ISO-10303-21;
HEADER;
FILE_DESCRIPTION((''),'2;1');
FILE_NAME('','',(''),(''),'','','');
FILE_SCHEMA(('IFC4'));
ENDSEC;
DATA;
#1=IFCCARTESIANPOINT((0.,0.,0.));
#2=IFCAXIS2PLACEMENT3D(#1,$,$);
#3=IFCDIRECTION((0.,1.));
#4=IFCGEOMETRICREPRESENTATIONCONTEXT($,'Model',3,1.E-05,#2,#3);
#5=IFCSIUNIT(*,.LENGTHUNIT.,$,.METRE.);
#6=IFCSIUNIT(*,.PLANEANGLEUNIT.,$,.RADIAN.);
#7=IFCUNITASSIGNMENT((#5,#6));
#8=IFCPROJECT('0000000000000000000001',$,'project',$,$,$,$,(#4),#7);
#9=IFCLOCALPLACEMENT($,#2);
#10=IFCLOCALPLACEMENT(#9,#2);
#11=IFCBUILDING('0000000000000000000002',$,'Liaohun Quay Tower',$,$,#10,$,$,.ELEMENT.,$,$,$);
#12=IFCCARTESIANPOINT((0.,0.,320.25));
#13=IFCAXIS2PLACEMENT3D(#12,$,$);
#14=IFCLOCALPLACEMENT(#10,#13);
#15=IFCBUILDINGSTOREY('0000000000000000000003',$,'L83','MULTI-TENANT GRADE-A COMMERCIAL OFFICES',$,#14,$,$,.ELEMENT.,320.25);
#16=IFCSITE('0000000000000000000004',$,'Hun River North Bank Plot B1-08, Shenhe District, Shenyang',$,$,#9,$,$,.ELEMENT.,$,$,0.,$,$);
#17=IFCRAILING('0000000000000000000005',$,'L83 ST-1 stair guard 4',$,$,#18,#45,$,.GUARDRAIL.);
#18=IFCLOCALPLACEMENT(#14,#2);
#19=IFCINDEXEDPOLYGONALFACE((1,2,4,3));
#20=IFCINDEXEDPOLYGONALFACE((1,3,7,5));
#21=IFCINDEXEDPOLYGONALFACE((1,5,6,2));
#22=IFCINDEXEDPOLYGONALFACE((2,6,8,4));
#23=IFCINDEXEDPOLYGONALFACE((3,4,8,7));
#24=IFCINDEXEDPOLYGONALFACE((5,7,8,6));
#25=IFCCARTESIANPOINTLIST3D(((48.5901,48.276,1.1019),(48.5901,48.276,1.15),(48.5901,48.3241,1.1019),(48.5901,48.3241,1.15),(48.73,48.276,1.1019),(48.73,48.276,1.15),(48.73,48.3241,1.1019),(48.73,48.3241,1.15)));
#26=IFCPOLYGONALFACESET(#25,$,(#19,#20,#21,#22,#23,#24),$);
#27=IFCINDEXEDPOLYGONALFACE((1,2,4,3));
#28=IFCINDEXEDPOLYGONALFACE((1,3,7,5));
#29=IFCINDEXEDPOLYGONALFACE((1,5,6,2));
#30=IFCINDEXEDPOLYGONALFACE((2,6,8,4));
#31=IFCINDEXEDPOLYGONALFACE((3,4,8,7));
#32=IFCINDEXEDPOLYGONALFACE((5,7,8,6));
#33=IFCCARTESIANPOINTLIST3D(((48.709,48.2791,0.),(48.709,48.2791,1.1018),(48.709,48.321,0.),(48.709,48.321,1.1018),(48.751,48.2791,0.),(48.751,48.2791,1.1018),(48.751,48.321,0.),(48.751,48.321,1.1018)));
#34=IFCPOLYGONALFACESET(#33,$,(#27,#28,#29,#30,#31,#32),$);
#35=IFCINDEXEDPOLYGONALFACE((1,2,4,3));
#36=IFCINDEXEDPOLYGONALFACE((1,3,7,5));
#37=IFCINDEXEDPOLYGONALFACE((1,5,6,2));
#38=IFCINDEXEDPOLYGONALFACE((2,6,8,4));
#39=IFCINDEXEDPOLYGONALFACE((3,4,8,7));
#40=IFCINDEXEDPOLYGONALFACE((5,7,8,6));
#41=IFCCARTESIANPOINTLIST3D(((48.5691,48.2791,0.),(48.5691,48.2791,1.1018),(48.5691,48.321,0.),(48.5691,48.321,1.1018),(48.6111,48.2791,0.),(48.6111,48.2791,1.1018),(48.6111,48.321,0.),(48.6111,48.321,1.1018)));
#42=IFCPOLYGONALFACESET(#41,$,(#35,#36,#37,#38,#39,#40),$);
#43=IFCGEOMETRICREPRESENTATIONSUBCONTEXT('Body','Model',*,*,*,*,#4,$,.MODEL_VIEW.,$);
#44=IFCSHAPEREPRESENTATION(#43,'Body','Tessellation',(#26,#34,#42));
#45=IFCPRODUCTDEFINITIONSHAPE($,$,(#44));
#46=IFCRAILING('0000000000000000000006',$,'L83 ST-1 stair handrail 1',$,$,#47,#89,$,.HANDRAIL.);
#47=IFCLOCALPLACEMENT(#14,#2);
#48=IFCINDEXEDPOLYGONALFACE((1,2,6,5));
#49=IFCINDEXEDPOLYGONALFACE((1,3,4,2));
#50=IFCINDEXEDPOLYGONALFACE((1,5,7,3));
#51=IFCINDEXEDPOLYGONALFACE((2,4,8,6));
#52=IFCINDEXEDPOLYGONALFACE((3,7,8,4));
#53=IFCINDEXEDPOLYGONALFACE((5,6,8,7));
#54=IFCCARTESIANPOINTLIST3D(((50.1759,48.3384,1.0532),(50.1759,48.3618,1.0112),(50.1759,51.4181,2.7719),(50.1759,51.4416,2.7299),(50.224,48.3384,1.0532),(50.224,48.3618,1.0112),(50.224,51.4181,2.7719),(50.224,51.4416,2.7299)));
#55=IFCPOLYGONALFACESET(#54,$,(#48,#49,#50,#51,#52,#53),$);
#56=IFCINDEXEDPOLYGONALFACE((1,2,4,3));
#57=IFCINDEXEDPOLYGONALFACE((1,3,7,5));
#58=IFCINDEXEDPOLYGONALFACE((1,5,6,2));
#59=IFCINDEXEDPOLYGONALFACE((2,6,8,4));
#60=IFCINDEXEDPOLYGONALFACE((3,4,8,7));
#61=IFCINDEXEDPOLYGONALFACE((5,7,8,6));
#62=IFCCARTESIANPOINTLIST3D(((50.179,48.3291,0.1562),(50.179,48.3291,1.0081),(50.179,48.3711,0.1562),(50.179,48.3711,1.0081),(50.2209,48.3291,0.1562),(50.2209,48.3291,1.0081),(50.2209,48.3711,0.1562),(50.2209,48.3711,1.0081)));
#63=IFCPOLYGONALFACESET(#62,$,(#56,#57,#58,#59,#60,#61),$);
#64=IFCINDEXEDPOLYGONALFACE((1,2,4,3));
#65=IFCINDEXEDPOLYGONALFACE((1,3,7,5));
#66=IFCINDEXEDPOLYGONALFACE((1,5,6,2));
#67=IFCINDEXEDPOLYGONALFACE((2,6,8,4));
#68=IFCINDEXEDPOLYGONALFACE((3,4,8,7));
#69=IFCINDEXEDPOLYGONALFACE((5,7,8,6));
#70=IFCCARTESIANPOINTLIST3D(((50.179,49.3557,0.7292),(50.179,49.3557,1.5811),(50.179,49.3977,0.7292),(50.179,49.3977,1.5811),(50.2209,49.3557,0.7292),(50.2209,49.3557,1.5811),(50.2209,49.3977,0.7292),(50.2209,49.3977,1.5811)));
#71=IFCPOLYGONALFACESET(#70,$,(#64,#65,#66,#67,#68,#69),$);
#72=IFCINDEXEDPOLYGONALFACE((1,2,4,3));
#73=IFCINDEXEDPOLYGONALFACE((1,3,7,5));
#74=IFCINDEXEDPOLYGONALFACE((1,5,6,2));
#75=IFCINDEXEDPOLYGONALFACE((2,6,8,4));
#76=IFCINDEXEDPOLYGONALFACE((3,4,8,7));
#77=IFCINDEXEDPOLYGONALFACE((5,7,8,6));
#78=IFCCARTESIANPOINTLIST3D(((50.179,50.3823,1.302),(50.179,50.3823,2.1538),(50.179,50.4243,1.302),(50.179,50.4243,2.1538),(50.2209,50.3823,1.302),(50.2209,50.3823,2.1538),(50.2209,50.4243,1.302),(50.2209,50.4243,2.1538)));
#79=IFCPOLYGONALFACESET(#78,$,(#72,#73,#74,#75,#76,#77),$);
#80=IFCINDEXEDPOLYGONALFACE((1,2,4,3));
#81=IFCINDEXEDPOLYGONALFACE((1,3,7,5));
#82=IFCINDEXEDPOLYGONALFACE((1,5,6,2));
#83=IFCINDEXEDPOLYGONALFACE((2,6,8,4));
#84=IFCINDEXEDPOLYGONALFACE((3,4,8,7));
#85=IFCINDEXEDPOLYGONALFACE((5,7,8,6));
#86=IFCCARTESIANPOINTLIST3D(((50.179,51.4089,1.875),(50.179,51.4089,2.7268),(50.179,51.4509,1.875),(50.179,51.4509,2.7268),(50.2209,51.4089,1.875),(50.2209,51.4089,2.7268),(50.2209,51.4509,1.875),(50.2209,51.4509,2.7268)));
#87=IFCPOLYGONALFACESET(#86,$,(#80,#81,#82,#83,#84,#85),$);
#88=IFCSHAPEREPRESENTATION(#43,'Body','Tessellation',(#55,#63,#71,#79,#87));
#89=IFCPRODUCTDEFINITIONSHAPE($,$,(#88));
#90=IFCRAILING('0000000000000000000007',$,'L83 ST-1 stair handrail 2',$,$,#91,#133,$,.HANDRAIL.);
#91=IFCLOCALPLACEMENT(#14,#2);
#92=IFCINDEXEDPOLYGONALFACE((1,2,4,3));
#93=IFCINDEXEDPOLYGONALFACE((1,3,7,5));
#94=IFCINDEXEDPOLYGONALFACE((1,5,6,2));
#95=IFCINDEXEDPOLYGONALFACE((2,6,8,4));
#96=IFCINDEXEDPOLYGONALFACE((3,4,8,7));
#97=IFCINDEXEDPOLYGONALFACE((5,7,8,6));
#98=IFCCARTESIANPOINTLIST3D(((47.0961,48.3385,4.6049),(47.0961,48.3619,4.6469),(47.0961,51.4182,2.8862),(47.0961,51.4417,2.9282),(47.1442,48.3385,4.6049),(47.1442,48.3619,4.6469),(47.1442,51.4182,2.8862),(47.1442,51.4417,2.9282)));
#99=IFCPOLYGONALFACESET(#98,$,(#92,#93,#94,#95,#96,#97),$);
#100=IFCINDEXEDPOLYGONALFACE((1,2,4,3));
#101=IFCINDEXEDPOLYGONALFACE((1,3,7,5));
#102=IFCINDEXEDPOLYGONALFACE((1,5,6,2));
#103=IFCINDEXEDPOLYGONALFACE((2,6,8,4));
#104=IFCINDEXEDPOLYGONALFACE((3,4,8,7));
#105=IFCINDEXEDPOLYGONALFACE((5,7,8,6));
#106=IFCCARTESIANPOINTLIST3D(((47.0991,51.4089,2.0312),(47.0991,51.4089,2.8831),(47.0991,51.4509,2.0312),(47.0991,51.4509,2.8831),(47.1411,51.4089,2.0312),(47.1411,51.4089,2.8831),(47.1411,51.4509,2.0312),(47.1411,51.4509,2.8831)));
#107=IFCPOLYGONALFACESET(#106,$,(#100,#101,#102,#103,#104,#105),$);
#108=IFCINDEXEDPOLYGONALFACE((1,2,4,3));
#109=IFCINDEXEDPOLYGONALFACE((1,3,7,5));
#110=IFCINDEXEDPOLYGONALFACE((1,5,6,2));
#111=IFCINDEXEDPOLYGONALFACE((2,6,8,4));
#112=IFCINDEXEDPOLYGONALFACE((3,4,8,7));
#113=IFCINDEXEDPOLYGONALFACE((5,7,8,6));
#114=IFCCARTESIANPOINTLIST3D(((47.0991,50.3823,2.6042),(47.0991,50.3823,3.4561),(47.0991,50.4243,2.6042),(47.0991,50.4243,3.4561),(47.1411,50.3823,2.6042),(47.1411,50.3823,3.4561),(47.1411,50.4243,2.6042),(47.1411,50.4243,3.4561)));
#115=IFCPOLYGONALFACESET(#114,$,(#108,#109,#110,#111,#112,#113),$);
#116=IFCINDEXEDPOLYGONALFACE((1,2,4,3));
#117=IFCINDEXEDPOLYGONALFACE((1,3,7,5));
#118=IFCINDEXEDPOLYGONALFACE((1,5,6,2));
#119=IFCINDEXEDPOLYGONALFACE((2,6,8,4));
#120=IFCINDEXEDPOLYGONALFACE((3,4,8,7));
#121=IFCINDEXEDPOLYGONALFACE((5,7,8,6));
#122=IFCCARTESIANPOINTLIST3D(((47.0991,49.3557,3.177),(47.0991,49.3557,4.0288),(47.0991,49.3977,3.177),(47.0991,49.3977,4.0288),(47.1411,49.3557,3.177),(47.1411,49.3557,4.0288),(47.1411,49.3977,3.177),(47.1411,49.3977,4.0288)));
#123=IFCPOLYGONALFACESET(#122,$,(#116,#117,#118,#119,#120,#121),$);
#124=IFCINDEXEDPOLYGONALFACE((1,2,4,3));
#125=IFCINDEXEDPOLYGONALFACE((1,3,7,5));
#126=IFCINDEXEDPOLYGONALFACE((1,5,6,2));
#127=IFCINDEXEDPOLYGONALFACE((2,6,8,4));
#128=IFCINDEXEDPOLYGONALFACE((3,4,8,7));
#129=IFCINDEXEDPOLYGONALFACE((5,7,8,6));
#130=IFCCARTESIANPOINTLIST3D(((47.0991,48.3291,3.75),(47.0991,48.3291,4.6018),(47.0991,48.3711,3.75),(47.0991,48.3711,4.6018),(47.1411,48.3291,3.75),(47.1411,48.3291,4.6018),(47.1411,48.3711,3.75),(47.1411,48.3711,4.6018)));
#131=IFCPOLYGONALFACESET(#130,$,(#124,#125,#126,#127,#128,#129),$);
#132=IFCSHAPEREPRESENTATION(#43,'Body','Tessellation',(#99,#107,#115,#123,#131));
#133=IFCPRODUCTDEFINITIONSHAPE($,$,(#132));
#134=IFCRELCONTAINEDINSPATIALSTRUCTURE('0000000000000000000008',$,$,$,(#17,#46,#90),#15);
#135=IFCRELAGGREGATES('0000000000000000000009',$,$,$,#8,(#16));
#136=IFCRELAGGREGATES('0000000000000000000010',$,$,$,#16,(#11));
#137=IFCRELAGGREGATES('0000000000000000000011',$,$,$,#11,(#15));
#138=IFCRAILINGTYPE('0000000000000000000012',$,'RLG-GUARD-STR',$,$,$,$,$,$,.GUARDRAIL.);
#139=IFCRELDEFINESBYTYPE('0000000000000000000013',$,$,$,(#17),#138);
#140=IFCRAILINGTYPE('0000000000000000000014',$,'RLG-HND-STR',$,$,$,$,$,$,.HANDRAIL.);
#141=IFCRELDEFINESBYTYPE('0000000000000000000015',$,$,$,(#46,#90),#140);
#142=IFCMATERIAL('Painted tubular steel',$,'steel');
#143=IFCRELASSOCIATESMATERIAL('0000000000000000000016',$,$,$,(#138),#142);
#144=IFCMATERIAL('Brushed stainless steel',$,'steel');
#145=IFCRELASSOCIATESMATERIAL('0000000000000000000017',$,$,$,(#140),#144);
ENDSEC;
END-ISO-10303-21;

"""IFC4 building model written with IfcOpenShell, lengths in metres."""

from ifc_helpers import new_model, si_unit, direction, frame, origin, origin_2d, place, context, subcontext, project, spatial, rectangle, extrude, material, type_object, element, save


model = new_model("IFC4")

# Units and contexts
model_context = context("Model", 3, precision=1e-05, world=origin(), true_north=direction((0.0, 1.0)))
body_context = subcontext(model_context, "Body", "Model", "MODEL_VIEW")
ifc_project = project(units=[si_unit("LENGTHUNIT", "METRE"), si_unit("PLANEANGLEUNIT", "RADIAN")], contexts=[model_context])

# Site, building, storey
site_placement = place(None, origin())
site = spatial("IfcSite", under=ifc_project, at=site_placement, Name="Hun River North Bank Plot B1-08, Shenhe District, Shenyang", CompositionType="ELEMENT", RefElevation=0.0)
building_placement = place(site_placement, origin())
building = spatial("IfcBuilding", under=site, at=building_placement, Name="Liaohun Quay Tower", CompositionType="ELEMENT")
storey_placement = place(building_placement, frame((0.0, 0.0, 320.25)))
storey = spatial("IfcBuildingStorey", under=building, at=storey_placement, Name="L83", Description="MULTI-TENANT GRADE-A COMMERCIAL OFFICES", CompositionType="ELEMENT", Elevation=320.25)

# Railings
ifc_material_1 = material(Name="Painted tubular steel", Category="steel")
railing_type_1 = type_object("IfcRailingType", Name="RLG-GUARD-STR", PredefinedType="GUARDRAIL", material=ifc_material_1)
railing_1_placement = place(storey_placement, frame((48.73, 48.3, 0.0)))
element("IfcRailing", 1, at=railing_1_placement, inside=storey, type_object=railing_type_1, Name="L83 ST-1 stair guard 4", PredefinedType="GUARDRAIL", context=body_context, shape_type="SweptSolid", body=[
    extrude(rectangle(XDim=0.0481, YDim=0.0481, at=origin_2d()), frame((0.0, 0.0, 1.126), z_axis=(-1.0, 0.0, 0.0), x_axis=(0.0, -1.0, 0.0)), (0.0, 0.0, 1.0), 0.1399),
    extrude(rectangle(XDim=0.042, YDim=0.042, at=origin_2d()), origin(), (0.0, 0.0, 1.0), 1.1018),
    extrude(rectangle(XDim=0.042, YDim=0.042, at=origin_2d()), frame((-0.1399, 0.0, 0.0)), (0.0, 0.0, 1.0), 1.1018),
])
ifc_material_2 = material(Name="Brushed stainless steel", Category="steel")
railing_type_2 = type_object("IfcRailingType", Name="RLG-HND-STR", PredefinedType="HANDRAIL", material=ifc_material_2)
railing_2_placement = place(storey_placement, frame((50.2, 48.3501, 0.1562)))
element("IfcRailing", 2, at=railing_2_placement, inside=storey, type_object=railing_type_2, Name="L83 ST-1 stair handrail 1", PredefinedType="HANDRAIL", context=body_context, shape_type="SweptSolid", body=[
    extrude(rectangle(XDim=0.0481, YDim=0.0481, at=origin_2d()), frame((0.0, 0.0, 0.876), z_axis=(0.0, 0.873225, 0.487317), x_axis=(-1.0, 0.0, 0.0)), (0.0, 0.0, 1.0), 3.5269),
    extrude(rectangle(XDim=0.042, YDim=0.042, at=origin_2d()), origin(), (0.0, 0.0, 1.0), 0.8518),
    extrude(rectangle(XDim=0.042, YDim=0.042, at=origin_2d()), frame((0.0, 1.0266, 0.573)), (0.0, 0.0, 1.0), 0.8518),
    extrude(rectangle(XDim=0.042, YDim=0.042, at=origin_2d()), frame((0.0, 2.0532, 1.1458)), (0.0, 0.0, 1.0), 0.8518),
    extrude(rectangle(XDim=0.042, YDim=0.042, at=origin_2d()), frame((0.0, 3.0798, 1.7188)), (0.0, 0.0, 1.0), 0.8518),
])
railing_3_placement = place(storey_placement, frame((47.1201, 51.4299, 2.0312)))
element("IfcRailing", 3, at=railing_3_placement, inside=storey, type_object=railing_type_2, Name="L83 ST-1 stair handrail 2", PredefinedType="HANDRAIL", context=body_context, shape_type="SweptSolid", body=[
    extrude(rectangle(XDim=0.0481, YDim=0.0481, at=origin_2d()), frame((0.0, 0.0, 0.876), z_axis=(0.0, -0.873225, 0.487317), x_axis=(1.0, 0.0, 0.0)), (0.0, 0.0, 1.0), 3.5269),
    extrude(rectangle(XDim=0.042, YDim=0.042, at=origin_2d()), origin(), (0.0, 0.0, 1.0), 0.8518),
    extrude(rectangle(XDim=0.042, YDim=0.042, at=origin_2d()), frame((0.0, -1.0266, 0.573)), (0.0, 0.0, 1.0), 0.8518),
    extrude(rectangle(XDim=0.042, YDim=0.042, at=origin_2d()), frame((0.0, -2.0532, 1.1458)), (0.0, 0.0, 1.0), 0.8518),
    extrude(rectangle(XDim=0.042, YDim=0.042, at=origin_2d()), frame((0.0, -3.0798, 1.7188)), (0.0, 0.0, 1.0), 0.8518),
])

save(model, "model.ifc")
